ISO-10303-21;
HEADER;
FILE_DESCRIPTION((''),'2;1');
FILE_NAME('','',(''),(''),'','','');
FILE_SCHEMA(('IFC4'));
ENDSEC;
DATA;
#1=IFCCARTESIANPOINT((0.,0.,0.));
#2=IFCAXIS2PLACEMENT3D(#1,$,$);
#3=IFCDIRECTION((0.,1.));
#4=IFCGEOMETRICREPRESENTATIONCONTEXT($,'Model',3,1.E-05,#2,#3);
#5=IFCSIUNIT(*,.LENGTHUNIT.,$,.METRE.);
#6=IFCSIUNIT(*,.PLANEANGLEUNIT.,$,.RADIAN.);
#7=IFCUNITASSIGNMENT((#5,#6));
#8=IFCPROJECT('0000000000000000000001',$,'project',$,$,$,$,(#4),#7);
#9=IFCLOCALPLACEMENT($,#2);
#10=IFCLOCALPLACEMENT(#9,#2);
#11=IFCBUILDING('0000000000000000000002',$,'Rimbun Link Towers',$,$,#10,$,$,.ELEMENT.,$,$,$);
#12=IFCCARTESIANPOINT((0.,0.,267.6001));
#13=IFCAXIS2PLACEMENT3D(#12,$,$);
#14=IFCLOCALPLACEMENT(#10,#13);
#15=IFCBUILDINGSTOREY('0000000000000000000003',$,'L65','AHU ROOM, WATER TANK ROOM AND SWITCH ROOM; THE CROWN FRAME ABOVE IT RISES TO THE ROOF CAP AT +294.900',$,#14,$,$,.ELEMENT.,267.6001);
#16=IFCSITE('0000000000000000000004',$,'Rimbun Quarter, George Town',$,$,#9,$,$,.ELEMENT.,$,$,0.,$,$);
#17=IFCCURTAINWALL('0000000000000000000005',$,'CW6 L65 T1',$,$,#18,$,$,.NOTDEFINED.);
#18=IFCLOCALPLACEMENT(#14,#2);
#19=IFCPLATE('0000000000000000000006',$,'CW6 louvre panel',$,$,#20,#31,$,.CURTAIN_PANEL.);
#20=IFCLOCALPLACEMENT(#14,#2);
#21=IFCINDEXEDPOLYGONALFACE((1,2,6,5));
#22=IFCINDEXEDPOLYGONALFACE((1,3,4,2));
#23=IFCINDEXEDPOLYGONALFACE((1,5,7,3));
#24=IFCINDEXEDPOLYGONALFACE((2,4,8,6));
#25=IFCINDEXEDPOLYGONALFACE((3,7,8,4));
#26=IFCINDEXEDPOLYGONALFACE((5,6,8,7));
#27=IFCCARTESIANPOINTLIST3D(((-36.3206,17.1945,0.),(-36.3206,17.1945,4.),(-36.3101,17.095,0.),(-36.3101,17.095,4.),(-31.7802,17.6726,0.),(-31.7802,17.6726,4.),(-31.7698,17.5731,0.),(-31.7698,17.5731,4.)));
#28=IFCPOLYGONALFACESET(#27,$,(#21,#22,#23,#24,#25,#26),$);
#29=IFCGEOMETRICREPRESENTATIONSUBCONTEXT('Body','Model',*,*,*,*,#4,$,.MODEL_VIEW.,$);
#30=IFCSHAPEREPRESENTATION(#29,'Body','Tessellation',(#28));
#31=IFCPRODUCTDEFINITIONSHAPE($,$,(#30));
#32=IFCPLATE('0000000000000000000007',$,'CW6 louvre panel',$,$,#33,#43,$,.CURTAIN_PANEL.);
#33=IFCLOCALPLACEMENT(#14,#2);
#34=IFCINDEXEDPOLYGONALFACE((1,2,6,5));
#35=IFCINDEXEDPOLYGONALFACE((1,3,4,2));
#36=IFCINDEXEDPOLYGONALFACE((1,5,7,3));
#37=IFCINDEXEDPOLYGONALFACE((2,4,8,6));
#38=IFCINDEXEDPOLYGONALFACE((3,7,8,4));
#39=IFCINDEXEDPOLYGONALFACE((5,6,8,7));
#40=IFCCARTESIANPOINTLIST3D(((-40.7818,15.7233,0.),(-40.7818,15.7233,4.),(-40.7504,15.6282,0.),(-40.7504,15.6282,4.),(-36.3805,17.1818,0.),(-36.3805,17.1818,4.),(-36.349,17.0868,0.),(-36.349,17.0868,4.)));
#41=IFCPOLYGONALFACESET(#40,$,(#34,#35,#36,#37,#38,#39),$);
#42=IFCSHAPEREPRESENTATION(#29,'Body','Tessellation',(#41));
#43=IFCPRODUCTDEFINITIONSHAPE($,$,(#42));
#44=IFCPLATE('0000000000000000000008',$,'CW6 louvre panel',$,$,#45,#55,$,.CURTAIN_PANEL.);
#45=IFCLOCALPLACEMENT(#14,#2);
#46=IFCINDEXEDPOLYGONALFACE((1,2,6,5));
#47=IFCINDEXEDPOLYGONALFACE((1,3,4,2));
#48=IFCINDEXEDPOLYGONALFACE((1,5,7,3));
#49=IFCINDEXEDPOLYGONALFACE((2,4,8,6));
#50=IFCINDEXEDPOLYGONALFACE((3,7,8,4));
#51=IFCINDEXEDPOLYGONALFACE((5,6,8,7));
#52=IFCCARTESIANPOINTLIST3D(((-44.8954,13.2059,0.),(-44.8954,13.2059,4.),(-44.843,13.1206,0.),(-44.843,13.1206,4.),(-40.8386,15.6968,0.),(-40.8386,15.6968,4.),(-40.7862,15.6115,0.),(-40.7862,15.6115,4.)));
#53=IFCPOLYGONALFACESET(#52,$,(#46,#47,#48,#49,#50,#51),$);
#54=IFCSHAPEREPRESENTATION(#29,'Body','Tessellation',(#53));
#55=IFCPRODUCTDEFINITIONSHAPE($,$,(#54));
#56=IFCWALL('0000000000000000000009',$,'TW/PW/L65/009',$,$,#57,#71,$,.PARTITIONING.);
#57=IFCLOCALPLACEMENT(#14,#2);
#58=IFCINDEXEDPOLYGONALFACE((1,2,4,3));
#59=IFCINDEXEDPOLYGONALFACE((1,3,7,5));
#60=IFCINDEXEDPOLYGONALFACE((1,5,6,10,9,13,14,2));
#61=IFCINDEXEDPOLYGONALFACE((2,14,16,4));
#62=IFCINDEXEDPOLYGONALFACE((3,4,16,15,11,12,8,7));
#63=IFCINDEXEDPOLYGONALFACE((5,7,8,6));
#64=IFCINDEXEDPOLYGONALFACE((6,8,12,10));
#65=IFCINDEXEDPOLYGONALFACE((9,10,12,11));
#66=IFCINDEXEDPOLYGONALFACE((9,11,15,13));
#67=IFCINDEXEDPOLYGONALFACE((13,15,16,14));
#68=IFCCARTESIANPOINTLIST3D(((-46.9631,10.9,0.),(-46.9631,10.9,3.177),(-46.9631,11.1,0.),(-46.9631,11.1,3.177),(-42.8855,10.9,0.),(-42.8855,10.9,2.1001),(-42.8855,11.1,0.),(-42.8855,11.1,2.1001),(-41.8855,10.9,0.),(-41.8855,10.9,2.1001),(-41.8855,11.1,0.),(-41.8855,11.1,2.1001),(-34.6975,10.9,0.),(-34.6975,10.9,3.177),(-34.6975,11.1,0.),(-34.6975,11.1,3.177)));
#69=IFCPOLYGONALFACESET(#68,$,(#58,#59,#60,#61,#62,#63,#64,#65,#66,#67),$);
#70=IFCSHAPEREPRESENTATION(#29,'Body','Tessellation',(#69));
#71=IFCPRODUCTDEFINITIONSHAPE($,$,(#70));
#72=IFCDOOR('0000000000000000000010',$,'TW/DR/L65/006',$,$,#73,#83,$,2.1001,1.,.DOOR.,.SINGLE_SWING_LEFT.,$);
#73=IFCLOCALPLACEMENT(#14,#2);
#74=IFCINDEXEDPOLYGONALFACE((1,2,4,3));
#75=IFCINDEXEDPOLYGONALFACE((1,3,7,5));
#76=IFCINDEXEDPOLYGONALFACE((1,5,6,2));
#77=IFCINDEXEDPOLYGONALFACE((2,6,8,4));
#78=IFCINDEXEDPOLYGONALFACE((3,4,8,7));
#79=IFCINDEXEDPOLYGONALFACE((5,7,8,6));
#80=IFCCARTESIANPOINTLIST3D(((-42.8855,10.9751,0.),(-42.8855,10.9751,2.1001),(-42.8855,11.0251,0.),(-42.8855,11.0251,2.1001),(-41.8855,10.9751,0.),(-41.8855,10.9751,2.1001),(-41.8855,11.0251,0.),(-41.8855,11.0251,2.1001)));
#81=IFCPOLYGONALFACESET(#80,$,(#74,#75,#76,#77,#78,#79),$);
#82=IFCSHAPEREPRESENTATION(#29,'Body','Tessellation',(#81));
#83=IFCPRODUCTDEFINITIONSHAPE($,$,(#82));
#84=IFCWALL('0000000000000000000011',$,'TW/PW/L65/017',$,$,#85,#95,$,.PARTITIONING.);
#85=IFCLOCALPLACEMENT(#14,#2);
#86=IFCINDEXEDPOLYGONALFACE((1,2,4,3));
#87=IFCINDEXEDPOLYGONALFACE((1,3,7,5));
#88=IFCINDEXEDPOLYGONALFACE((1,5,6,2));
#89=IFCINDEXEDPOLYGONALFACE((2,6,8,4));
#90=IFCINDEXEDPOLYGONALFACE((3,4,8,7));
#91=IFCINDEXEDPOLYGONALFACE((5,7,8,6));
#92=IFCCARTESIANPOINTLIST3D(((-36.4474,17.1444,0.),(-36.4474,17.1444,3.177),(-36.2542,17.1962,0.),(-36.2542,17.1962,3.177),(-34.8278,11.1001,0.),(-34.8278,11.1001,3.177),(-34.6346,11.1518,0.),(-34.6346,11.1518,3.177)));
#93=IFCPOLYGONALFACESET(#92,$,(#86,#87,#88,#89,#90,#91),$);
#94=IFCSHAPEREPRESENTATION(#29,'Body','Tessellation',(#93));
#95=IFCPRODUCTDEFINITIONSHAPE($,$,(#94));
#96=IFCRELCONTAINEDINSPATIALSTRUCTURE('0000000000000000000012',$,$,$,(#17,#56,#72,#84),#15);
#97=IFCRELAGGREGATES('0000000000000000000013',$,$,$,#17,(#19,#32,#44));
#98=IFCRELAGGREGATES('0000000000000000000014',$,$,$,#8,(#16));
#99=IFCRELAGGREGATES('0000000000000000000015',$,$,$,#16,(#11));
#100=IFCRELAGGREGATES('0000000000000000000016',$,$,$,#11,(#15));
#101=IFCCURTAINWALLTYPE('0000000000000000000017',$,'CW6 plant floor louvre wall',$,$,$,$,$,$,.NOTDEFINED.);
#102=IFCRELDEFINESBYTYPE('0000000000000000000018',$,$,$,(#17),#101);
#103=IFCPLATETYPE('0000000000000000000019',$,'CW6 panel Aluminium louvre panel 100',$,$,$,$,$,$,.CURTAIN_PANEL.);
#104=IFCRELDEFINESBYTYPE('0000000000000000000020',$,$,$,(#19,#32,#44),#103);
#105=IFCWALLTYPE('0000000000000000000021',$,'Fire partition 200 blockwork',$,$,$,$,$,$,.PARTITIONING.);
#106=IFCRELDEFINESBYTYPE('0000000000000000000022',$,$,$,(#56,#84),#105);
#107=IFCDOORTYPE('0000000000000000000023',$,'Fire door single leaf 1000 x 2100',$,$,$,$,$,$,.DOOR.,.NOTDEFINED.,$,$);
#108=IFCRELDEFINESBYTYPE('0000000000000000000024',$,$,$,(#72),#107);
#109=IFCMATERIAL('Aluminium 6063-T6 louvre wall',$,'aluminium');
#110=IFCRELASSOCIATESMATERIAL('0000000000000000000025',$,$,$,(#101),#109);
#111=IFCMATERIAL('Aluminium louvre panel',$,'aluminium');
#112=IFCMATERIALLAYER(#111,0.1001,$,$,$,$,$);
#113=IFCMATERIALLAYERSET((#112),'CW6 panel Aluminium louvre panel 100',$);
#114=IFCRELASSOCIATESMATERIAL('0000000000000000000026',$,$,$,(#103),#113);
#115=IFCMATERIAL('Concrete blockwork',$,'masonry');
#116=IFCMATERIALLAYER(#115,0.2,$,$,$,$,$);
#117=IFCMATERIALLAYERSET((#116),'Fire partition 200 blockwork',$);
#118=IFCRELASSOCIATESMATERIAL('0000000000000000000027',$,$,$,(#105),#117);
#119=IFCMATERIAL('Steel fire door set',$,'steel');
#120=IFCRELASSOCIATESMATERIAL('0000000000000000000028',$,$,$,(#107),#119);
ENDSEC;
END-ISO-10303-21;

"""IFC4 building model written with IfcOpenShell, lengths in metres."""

from ifc_helpers import new_model, si_unit, direction, frame, frame_2d, origin, origin_2d, place, context, subcontext, project, spatial, rectangle, extrude, material, layer, layer_set, type_object, element, fill, aggregate, save


model = new_model("IFC4")

# Units and contexts
model_context = context("Model", 3, precision=1e-05, world=origin(), true_north=direction((0.0, 1.0)))
body_context = subcontext(model_context, "Body", "Model", "MODEL_VIEW")
ifc_project = project(units=[si_unit("LENGTHUNIT", "METRE"), si_unit("PLANEANGLEUNIT", "RADIAN")], contexts=[model_context])

# Site, building, storey
site_placement = place(None, origin())
site = spatial("IfcSite", under=ifc_project, at=site_placement, Name="Rimbun Quarter, George Town", CompositionType="ELEMENT", RefElevation=0.0)
building_placement = place(site_placement, origin())
building = spatial("IfcBuilding", under=site, at=building_placement, Name="Rimbun Link Towers", CompositionType="ELEMENT")
storey_placement = place(building_placement, frame((0.0, 0.0, 267.6001)))
storey = spatial("IfcBuildingStorey", under=building, at=storey_placement, Name="L65", Description="AHU ROOM, WATER TANK ROOM AND SWITCH ROOM; THE CROWN FRAME ABOVE IT RISES TO THE ROOF CAP AT +294.900", CompositionType="ELEMENT", Elevation=267.6001)

# Curtain wall
ifc_material_1 = material(Name="Aluminium 6063-T6 louvre wall", Category="aluminium")
curtain_wall_type = type_object("IfcCurtainWallType", Name="CW6 plant floor louvre wall", PredefinedType="NOTDEFINED", material=ifc_material_1)
curtain_wall_placement = place(storey_placement, origin())
curtain_wall = element("IfcCurtainWall", 1, at=curtain_wall_placement, inside=storey, type_object=curtain_wall_type, Name="CW6 L65 T1", PredefinedType="NOTDEFINED")

# Plates
ifc_material_2 = material(Name="Aluminium louvre panel", Category="aluminium")
ifc_layer_1 = layer(ifc_material_2, 0.1001)
ifc_layer_set_1 = layer_set([ifc_layer_1], Name="CW6 panel Aluminium louvre panel 100")
plate_type = type_object("IfcPlateType", Name="CW6 panel Aluminium louvre panel 100", PredefinedType="CURTAIN_PANEL", material=ifc_layer_set_1)
plate_1_placement = place(storey_placement, frame((-34.0452, 17.3838, 0.0), z_axis=(0.0, 0.0, 1.0), x_axis=(0.994501, 0.104724, 0.0)))
plate_1 = element("IfcPlate", 2, at=plate_1_placement, type_object=plate_type, Name="CW6 louvre panel", PredefinedType="CURTAIN_PANEL", context=body_context, shape_type="SweptSolid", body=[
    extrude(rectangle(XDim=4.5654, YDim=0.1001, at=origin_2d()), origin(), (0.0, 0.0, 1.0), 4.0),
])
plate_2_placement = place(storey_placement, frame((-38.5654, 16.405, 0.0), z_axis=(0.0, 0.0, 1.0), x_axis=(0.949236, 0.314566, 0.0)))
plate_2 = element("IfcPlate", 3, at=plate_2_placement, type_object=plate_type, Name="CW6 louvre panel", PredefinedType="CURTAIN_PANEL", context=body_context, shape_type="SweptSolid", body=[
    extrude(rectangle(XDim=4.6367, YDim=0.1001, at=origin_2d()), origin(), (0.0, 0.0, 1.0), 4.0),
])
plate_3_placement = place(storey_placement, frame((-42.8408, 14.4087, 0.0), z_axis=(0.0, 0.0, 1.0), x_axis=(0.85218, 0.523249, 0.0)))
plate_3 = element("IfcPlate", 4, at=plate_3_placement, type_object=plate_type, Name="CW6 louvre panel", PredefinedType="CURTAIN_PANEL", context=body_context, shape_type="SweptSolid", body=[
    extrude(rectangle(XDim=4.7605, YDim=0.1001, at=origin_2d()), origin(), (0.0, 0.0, 1.0), 4.0),
])
aggregate(curtain_wall, [plate_1, plate_2, plate_3])

# Wall, opening, door
ifc_material_3 = material(Name="Concrete blockwork", Category="masonry")
ifc_layer_2 = layer(ifc_material_3, 0.2)
ifc_layer_set_2 = layer_set([ifc_layer_2], Name="Fire partition 200 blockwork")
wall_type = type_object("IfcWallType", Name="Fire partition 200 blockwork", PredefinedType="PARTITIONING", material=ifc_layer_set_2)
wall_1_placement = place(storey_placement, frame((-34.6975, 11.0, 0.0), z_axis=(0.0, 0.0, 1.0), x_axis=(-1.0, 0.0, 0.0)))
wall_1 = element("IfcWall", 5, at=wall_1_placement, inside=storey, type_object=wall_type, Name="TW/PW/L65/009", PredefinedType="PARTITIONING", context=body_context, shape_type="SweptSolid", body=[
    extrude(rectangle(XDim=12.2656, YDim=0.2, at=frame_2d((6.1328, 0.0))), origin(), (0.0, 0.0, 1.0), 3.177),
])
opening_placement = place(wall_1_placement, frame((7.188, 0.0, 0.0)))
opening = element("IfcOpeningElement", 6, at=opening_placement, cuts=wall_1, PredefinedType="OPENING", context=body_context, shape_type="SweptSolid", body=[
    extrude(rectangle(XDim=1.0, YDim=2.1001, at=frame_2d((0.5, 1.05))), frame((0.0, 0.1099, 0.0), z_axis=(0.0, -1.0, 0.0), x_axis=(1.0, 0.0, 0.0)), (0.0, 0.0, 1.0), 0.22),
])
ifc_material_4 = material(Name="Steel fire door set", Category="steel")
door_type = type_object("IfcDoorType", Name="Fire door single leaf 1000 x 2100", OperationType="NOTDEFINED", PredefinedType="DOOR", material=ifc_material_4)
door_placement = place(opening_placement, origin())
door = element("IfcDoor", 7, at=door_placement, inside=storey, type_object=door_type, Name="TW/DR/L65/006", OperationType="SINGLE_SWING_LEFT", OverallHeight=2.1001, OverallWidth=1.0, PredefinedType="DOOR", context=body_context, shape_type="SweptSolid", body=[
    extrude(rectangle(XDim=1.0, YDim=2.1001, at=frame_2d((0.5, 1.05))), frame((0.0, 0.0249, 0.0), z_axis=(0.0, -1.0, 0.0), x_axis=(1.0, 0.0, 0.0)), (0.0, 0.0, 1.0), 0.05),
])
fill(opening, door)

# Wall
wall_2_placement = place(storey_placement, frame((-36.3508, 17.1704, 0.0), z_axis=(0.0, 0.0, 1.0), x_axis=(0.258823, -0.965925, 0.0)))
element("IfcWall", 8, at=wall_2_placement, inside=storey, type_object=wall_type, Name="TW/PW/L65/017", PredefinedType="PARTITIONING", context=body_context, shape_type="SweptSolid", body=[
    extrude(rectangle(XDim=6.2576, YDim=0.2, at=frame_2d((3.1289, 0.0))), origin(), (0.0, 0.0, 1.0), 3.177),
])

save(model, "model.ifc")
